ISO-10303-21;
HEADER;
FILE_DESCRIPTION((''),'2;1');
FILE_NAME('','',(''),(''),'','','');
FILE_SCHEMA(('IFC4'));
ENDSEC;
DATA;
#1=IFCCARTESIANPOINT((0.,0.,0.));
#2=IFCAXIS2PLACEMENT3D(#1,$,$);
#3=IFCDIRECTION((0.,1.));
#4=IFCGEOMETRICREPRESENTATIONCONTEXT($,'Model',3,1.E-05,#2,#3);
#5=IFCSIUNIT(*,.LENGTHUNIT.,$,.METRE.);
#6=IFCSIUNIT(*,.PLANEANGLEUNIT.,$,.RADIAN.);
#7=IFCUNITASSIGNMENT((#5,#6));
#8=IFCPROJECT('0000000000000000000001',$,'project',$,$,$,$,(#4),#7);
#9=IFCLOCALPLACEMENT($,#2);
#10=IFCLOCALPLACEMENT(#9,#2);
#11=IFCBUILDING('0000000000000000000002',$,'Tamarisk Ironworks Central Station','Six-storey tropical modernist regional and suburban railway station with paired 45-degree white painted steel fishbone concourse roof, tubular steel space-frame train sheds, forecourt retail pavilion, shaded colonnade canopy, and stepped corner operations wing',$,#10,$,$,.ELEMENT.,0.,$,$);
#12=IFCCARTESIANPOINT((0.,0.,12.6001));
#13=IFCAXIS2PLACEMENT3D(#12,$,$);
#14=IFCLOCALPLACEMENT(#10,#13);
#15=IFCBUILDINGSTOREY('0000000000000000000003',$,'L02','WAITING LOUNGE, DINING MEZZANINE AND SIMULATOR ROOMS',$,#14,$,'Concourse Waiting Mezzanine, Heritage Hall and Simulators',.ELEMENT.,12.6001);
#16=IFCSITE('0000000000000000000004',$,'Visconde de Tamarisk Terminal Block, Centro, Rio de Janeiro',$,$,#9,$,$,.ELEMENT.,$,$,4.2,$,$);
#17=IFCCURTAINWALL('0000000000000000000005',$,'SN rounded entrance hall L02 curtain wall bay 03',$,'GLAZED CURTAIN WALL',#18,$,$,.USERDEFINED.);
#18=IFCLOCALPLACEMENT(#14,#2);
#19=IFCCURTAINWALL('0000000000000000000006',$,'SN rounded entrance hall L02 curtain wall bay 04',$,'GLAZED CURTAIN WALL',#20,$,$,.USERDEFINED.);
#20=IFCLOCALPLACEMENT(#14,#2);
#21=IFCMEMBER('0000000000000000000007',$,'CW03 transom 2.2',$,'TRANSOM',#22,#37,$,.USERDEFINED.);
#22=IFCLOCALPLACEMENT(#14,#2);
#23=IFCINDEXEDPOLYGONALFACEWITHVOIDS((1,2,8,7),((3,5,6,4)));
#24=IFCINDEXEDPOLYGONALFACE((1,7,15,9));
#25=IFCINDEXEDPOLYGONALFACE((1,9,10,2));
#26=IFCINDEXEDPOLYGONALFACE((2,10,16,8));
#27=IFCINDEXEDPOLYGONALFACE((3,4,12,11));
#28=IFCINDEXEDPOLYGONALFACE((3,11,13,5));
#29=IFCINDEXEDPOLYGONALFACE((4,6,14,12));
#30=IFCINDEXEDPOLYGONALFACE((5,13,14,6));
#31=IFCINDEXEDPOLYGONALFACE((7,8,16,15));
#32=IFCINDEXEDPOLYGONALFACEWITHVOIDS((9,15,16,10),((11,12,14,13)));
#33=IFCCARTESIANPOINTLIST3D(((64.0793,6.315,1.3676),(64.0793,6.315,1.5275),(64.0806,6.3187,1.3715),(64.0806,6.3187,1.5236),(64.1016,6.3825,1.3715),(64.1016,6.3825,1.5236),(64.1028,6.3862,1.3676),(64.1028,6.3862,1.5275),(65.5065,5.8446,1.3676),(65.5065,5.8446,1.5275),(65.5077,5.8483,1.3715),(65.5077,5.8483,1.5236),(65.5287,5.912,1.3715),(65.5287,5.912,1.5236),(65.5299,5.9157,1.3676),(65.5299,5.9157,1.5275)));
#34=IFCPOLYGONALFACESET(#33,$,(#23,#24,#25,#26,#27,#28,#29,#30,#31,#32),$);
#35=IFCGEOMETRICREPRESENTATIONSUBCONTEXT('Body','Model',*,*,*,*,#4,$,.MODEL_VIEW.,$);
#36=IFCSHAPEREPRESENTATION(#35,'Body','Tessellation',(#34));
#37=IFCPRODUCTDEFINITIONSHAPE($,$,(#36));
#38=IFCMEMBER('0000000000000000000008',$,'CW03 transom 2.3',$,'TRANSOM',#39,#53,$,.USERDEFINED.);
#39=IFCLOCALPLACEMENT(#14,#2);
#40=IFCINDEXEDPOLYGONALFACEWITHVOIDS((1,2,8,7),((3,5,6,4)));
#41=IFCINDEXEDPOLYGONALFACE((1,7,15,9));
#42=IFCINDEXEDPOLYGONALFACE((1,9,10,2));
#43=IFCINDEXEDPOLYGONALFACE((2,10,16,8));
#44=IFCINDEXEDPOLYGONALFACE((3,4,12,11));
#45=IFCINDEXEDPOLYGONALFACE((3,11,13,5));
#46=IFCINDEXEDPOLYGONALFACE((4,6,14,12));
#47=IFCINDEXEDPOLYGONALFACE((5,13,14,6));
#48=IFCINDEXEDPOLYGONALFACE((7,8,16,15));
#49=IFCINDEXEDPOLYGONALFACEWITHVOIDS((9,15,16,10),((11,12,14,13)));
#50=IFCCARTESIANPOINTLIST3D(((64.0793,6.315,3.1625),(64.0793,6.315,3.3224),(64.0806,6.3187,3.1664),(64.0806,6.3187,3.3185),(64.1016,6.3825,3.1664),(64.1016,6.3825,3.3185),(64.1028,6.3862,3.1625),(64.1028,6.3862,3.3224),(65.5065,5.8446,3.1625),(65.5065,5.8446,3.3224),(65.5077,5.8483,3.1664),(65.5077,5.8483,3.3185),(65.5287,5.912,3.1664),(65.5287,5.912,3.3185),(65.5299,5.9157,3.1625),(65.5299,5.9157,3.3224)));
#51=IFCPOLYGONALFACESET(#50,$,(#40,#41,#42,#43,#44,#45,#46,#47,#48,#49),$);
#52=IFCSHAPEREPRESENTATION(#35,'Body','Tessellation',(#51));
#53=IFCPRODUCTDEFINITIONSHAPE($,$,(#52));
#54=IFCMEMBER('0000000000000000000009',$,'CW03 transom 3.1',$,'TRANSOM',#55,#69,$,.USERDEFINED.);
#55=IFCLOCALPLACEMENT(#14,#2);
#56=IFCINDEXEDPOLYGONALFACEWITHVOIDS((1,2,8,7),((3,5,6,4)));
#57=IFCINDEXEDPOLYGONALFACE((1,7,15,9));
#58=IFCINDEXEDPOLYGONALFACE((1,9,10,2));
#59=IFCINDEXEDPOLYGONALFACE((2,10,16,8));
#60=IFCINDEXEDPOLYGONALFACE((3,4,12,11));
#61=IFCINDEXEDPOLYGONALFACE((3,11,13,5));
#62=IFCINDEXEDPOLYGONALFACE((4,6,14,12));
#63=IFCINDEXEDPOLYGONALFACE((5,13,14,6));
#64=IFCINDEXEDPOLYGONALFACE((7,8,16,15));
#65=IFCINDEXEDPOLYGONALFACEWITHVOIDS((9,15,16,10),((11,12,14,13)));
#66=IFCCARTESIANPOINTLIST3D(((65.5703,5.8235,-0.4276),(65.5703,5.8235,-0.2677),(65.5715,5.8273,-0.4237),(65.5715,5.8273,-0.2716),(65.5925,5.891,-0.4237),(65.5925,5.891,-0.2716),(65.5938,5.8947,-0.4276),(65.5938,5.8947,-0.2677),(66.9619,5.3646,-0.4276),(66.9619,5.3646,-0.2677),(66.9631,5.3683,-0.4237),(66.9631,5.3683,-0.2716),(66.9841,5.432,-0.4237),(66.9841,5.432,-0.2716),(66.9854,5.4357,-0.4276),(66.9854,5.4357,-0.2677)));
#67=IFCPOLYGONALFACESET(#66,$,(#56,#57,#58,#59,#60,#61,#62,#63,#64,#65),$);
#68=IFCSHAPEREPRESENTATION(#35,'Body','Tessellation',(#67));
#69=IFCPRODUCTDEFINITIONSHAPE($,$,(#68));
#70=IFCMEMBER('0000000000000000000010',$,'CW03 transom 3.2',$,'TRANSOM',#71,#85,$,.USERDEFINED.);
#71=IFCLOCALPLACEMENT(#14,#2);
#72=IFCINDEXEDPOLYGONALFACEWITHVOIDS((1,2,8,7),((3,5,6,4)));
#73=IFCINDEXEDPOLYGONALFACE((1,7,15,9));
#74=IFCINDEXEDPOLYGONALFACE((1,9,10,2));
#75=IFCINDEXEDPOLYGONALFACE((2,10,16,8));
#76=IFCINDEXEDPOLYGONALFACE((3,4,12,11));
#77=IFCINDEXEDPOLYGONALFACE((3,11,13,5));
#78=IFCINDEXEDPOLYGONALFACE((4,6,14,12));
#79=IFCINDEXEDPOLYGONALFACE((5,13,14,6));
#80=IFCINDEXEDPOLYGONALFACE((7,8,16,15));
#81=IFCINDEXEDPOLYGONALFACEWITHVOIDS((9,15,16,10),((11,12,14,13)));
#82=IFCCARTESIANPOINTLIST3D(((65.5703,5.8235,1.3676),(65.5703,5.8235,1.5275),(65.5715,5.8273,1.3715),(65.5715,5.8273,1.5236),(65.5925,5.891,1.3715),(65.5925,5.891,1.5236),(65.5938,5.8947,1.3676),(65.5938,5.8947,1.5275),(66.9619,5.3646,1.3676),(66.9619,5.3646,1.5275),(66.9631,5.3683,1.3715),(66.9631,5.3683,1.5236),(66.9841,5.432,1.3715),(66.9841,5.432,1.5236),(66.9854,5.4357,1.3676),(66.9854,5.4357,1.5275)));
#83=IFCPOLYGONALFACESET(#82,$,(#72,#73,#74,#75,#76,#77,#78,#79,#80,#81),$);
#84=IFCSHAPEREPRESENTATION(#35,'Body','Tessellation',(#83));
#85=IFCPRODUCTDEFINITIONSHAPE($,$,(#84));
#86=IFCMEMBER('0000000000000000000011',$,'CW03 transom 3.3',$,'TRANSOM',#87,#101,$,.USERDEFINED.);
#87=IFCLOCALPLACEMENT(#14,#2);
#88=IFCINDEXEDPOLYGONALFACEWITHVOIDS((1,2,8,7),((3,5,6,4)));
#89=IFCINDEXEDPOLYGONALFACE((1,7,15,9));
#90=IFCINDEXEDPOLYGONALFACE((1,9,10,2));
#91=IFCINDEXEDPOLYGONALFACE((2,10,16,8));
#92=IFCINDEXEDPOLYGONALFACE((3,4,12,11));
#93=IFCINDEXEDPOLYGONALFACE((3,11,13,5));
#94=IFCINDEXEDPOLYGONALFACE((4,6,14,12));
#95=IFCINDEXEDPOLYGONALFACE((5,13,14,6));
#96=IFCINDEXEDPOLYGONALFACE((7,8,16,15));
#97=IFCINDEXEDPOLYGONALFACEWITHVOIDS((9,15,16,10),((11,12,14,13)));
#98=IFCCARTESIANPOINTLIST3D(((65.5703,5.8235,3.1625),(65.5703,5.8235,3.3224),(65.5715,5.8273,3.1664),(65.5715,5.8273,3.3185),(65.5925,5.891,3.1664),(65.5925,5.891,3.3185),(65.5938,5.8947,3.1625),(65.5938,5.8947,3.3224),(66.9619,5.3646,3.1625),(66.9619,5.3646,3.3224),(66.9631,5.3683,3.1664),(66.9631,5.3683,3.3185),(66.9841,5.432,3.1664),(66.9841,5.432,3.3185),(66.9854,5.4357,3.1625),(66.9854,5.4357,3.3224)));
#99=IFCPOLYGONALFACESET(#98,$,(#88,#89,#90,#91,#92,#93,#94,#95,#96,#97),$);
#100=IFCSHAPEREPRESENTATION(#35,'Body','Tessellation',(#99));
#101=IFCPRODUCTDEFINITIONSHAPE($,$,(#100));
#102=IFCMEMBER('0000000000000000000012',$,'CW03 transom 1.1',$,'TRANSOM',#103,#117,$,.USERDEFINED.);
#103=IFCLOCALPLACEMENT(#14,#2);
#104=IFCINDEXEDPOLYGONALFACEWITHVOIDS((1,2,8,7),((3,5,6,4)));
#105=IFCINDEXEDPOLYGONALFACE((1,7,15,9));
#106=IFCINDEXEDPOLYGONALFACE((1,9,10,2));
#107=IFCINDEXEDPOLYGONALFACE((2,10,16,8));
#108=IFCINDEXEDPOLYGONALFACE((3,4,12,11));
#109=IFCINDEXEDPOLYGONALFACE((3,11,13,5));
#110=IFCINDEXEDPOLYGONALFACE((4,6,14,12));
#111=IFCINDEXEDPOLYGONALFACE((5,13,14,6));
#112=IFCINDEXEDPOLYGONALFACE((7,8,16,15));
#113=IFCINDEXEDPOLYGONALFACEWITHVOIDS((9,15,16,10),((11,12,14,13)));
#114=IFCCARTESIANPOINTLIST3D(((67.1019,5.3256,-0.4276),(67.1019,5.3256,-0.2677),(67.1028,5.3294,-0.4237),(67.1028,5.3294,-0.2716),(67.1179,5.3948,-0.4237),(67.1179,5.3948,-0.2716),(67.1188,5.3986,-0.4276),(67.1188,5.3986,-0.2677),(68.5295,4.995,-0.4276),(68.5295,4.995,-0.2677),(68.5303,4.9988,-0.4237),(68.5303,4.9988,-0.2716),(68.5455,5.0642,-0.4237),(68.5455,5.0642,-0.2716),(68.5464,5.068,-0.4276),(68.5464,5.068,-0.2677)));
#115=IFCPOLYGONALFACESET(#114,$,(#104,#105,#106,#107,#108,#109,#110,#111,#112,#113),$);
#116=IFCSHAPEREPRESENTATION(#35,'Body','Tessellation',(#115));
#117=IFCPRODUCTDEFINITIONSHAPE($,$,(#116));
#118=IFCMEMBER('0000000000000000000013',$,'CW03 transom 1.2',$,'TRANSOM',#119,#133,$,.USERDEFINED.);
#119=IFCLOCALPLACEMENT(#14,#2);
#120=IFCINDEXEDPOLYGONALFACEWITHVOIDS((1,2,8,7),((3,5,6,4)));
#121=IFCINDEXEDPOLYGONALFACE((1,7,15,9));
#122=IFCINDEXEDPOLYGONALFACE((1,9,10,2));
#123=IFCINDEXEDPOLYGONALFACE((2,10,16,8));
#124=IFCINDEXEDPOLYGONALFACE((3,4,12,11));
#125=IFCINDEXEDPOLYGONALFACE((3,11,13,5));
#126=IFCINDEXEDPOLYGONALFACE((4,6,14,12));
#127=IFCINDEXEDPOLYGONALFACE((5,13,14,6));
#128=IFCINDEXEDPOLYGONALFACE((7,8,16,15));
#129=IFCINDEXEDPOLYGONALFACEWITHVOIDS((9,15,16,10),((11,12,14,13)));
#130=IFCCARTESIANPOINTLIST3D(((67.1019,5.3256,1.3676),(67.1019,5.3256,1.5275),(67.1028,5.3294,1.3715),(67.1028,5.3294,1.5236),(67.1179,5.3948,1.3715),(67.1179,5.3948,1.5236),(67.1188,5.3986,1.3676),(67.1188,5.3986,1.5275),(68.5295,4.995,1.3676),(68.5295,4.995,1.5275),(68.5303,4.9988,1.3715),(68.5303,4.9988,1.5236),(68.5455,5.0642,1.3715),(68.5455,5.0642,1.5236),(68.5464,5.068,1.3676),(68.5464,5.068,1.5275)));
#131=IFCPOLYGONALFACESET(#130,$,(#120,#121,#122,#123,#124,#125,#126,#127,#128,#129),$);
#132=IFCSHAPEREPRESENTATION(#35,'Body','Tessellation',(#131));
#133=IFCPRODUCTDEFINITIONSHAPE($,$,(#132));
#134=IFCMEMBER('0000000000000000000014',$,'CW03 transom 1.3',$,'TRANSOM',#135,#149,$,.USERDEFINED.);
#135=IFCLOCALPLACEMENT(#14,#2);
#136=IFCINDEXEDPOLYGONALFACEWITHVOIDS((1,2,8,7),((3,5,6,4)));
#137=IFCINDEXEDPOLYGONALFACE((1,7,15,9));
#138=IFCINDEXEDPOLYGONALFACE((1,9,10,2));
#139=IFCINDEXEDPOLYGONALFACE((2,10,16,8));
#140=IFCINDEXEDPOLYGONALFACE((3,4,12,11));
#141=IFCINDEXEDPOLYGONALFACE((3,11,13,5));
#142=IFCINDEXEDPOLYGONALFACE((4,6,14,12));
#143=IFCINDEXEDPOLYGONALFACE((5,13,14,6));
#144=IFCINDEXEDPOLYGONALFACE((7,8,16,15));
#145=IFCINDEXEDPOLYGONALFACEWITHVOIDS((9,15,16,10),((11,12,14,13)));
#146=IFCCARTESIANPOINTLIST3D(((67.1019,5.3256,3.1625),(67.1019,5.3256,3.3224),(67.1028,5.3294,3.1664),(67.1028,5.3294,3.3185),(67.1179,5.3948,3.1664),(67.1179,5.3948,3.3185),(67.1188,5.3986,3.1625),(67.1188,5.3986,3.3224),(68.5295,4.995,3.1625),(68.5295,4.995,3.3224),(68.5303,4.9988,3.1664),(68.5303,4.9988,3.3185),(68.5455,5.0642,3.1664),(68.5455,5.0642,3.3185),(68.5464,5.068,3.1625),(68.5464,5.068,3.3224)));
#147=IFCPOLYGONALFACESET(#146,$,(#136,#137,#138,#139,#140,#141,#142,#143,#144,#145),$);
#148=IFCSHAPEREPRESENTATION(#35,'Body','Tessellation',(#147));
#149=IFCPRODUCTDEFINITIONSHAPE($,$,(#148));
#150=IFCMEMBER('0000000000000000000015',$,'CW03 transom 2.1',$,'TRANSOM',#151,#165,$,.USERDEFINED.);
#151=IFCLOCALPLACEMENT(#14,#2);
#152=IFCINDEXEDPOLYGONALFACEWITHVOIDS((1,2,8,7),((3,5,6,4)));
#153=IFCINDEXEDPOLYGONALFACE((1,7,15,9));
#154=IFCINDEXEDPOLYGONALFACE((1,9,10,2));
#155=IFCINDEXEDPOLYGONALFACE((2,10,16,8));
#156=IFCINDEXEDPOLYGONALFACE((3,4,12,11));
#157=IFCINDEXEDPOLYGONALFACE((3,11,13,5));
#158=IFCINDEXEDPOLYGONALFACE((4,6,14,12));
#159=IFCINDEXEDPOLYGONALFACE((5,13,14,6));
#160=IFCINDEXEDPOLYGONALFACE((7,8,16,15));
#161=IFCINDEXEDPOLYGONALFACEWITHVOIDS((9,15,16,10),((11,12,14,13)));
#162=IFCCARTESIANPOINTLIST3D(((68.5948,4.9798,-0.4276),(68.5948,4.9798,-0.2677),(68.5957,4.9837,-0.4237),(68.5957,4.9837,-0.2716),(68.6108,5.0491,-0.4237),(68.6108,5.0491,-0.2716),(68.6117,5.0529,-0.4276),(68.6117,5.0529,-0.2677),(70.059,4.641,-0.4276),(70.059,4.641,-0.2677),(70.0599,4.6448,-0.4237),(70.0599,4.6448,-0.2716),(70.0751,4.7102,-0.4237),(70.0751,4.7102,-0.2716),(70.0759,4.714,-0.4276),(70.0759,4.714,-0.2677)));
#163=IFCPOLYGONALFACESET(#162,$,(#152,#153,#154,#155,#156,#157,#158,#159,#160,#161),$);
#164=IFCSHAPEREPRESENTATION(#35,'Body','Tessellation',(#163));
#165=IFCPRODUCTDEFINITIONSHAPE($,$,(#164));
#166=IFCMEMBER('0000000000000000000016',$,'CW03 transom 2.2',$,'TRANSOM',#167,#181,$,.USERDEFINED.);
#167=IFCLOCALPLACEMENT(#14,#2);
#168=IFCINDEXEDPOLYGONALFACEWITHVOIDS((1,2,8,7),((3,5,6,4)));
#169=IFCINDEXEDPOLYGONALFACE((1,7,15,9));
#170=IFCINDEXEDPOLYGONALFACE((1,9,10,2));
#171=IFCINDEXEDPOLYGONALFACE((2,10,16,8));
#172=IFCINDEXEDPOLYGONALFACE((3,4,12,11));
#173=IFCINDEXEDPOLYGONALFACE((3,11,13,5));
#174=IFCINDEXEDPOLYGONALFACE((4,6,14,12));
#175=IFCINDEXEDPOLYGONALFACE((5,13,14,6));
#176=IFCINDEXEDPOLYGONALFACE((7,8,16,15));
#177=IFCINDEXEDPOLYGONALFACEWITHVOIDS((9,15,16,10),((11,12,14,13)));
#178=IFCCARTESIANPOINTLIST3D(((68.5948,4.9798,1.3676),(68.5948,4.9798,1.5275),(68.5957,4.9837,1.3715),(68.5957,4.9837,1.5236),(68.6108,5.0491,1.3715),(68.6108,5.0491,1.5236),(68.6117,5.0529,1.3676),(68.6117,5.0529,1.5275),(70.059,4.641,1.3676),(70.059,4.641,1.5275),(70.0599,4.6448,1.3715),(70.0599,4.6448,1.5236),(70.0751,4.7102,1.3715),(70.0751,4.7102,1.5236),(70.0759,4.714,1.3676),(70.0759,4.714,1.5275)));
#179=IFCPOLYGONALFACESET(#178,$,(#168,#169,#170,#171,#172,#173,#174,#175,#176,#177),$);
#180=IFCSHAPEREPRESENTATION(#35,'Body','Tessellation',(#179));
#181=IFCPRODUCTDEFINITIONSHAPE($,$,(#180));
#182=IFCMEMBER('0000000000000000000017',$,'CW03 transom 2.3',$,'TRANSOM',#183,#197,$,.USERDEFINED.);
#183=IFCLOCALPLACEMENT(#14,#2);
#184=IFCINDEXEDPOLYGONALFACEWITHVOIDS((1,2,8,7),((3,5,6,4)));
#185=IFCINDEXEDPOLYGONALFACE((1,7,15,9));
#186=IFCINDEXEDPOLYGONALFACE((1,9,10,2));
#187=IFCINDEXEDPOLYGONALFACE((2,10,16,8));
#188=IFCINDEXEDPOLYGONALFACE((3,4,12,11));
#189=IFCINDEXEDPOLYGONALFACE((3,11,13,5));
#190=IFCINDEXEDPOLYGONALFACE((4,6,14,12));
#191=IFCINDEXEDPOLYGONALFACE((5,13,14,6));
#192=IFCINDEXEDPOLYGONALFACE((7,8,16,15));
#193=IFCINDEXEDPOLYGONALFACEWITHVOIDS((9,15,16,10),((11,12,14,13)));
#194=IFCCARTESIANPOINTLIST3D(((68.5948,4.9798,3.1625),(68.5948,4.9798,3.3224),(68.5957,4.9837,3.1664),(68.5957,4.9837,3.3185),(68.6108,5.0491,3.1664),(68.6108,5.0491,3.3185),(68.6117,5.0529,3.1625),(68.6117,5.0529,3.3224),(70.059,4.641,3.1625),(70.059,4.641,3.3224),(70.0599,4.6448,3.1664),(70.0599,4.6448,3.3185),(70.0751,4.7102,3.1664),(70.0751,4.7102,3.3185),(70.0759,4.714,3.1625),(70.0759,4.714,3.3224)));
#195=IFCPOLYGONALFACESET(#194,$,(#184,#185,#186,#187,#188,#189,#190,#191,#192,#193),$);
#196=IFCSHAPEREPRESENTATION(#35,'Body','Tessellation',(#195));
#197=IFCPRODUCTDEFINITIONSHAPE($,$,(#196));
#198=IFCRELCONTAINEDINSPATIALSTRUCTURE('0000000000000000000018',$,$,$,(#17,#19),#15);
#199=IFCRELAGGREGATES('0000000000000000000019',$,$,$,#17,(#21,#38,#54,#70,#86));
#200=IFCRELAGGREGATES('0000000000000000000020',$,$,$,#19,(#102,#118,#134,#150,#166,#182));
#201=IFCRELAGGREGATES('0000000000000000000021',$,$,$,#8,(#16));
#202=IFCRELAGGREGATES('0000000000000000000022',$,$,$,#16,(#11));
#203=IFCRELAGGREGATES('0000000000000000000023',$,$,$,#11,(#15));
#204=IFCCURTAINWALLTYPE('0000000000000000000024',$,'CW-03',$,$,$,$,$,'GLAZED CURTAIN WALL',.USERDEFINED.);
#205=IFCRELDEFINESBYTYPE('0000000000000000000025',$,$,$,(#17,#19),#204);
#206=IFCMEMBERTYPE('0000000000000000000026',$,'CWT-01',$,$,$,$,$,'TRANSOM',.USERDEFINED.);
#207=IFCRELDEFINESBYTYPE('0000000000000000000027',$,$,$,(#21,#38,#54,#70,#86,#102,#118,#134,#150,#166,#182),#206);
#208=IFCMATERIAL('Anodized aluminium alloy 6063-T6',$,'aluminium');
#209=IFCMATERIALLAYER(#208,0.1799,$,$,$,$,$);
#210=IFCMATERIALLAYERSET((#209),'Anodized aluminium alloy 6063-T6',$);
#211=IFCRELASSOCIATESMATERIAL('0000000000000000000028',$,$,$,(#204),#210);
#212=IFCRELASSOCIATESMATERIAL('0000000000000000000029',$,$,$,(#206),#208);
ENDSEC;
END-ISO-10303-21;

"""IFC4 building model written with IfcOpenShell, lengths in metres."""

from ifc_helpers import new_model, si_unit, direction, frame, origin, origin_2d, place, context, subcontext, project, spatial, hollow_rectangle, extrude, material, layer, layer_set, material_profile, profile_set, type_object, element, aggregate, save


model = new_model("IFC4")

# Units and contexts
model_context = context("Model", 3, precision=1e-05, world=origin(), true_north=direction((0.0, 1.0)))
body_context = subcontext(model_context, "Body", "Model", "MODEL_VIEW")
ifc_project = project(units=[si_unit("LENGTHUNIT", "METRE"), si_unit("PLANEANGLEUNIT", "RADIAN")], contexts=[model_context])

# Site, building, storey
site_placement = place(None, origin())
site = spatial("IfcSite", under=ifc_project, at=site_placement, Name="Visconde de Tamarisk Terminal Block, Centro, Rio de Janeiro", CompositionType="ELEMENT", RefElevation=4.2)
building_placement = place(site_placement, origin())
building = spatial("IfcBuilding", under=site, at=building_placement, Name="Tamarisk Ironworks Central Station", Description="Six-storey tropical modernist regional and suburban railway station with paired 45-degree white painted steel fishbone concourse roof, tubular steel space-frame train sheds, forecourt retail pavilion, shaded colonnade canopy, and stepped corner operations wing", CompositionType="ELEMENT", ElevationOfRefHeight=0.0)
storey_placement = place(building_placement, frame((0.0, 0.0, 12.6001)))
storey = spatial("IfcBuildingStorey", under=building, at=storey_placement, Name="L02", Description="WAITING LOUNGE, DINING MEZZANINE AND SIMULATOR ROOMS", LongName="Concourse Waiting Mezzanine, Heritage Hall and Simulators", CompositionType="ELEMENT", Elevation=12.6001)

# Curtain walls
ifc_material_1 = material(Name="Anodized aluminium alloy 6063-T6", Category="aluminium")
ifc_layer_1 = layer(ifc_material_1, 0.1799)
ifc_layer_set_1 = layer_set([ifc_layer_1], Name="Anodized aluminium alloy 6063-T6")
curtain_wall_type = type_object("IfcCurtainWallType", Name="CW-03", ElementType="GLAZED CURTAIN WALL", PredefinedType="USERDEFINED", material=ifc_layer_set_1)
curtain_wall_1_placement = place(storey_placement, origin())
curtain_wall_1 = element("IfcCurtainWall", 1, at=curtain_wall_1_placement, inside=storey, type_object=curtain_wall_type, Name="SN rounded entrance hall L02 curtain wall bay 03", ObjectType="GLAZED CURTAIN WALL", PredefinedType="USERDEFINED")
curtain_wall_2_placement = place(storey_placement, origin())
curtain_wall_2 = element("IfcCurtainWall", 2, at=curtain_wall_2_placement, inside=storey, type_object=curtain_wall_type, Name="SN rounded entrance hall L02 curtain wall bay 04", ObjectType="GLAZED CURTAIN WALL", PredefinedType="USERDEFINED")

# Members
ifc_material_profile_1 = material_profile(ifc_material_1, hollow_rectangle(XDim=0.075, YDim=0.1599, WallThickness=0.0039, at=origin_2d()), Name="ALUM 160x75")
ifc_profile_set_1 = profile_set([ifc_material_profile_1], Name="Anodized aluminium alloy 6063-T6")
member_type_1 = type_object("IfcMemberType", Name="CWT-01", ElementType="TRANSOM", PredefinedType="USERDEFINED", material=ifc_profile_set_1)
member_1_placement = place(storey_placement, frame((64.0911, 6.3506, 1.4475), z_axis=(0.949734, -0.313058, 0.0), x_axis=(0.313058, 0.949734, 0.0)))
member_1 = element("IfcMember", 3, at=member_1_placement, type_object=member_type_1, Name="CW03 transom 2.2", ObjectType="TRANSOM", PredefinedType="USERDEFINED", context=body_context, shape_type="SweptSolid", body=[
    extrude(hollow_rectangle(XDim=0.075, YDim=0.1599, WallThickness=0.0039, at=origin_2d()), origin(), (0.0, 0.0, 1.0), 1.5027),
])
member_2_placement = place(storey_placement, frame((64.0911, 6.3506, 3.2424), z_axis=(0.949734, -0.313058, 0.0), x_axis=(0.313058, 0.949734, 0.0)))
member_2 = element("IfcMember", 4, at=member_2_placement, type_object=member_type_1, Name="CW03 transom 2.3", ObjectType="TRANSOM", PredefinedType="USERDEFINED", context=body_context, shape_type="SweptSolid", body=[
    extrude(hollow_rectangle(XDim=0.075, YDim=0.1599, WallThickness=0.0039, at=origin_2d()), origin(), (0.0, 0.0, 1.0), 1.5027),
])
member_3_placement = place(storey_placement, frame((65.582, 5.8591, -0.3477), z_axis=(0.949678, -0.313227, 0.0), x_axis=(0.313227, 0.949678, 0.0)))
member_3 = element("IfcMember", 5, at=member_3_placement, type_object=member_type_1, Name="CW03 transom 3.1", ObjectType="TRANSOM", PredefinedType="USERDEFINED", context=body_context, shape_type="SweptSolid", body=[
    extrude(hollow_rectangle(XDim=0.075, YDim=0.1599, WallThickness=0.0039, at=origin_2d()), origin(), (0.0, 0.0, 1.0), 1.4653),
])
member_4_placement = place(storey_placement, frame((65.582, 5.8591, 1.4475), z_axis=(0.949678, -0.313227, 0.0), x_axis=(0.313227, 0.949678, 0.0)))
member_4 = element("IfcMember", 6, at=member_4_placement, type_object=member_type_1, Name="CW03 transom 3.2", ObjectType="TRANSOM", PredefinedType="USERDEFINED", context=body_context, shape_type="SweptSolid", body=[
    extrude(hollow_rectangle(XDim=0.075, YDim=0.1599, WallThickness=0.0039, at=origin_2d()), origin(), (0.0, 0.0, 1.0), 1.4653),
])
member_5_placement = place(storey_placement, frame((65.582, 5.8591, 3.2424), z_axis=(0.949678, -0.313227, 0.0), x_axis=(0.313227, 0.949678, 0.0)))
member_5 = element("IfcMember", 7, at=member_5_placement, type_object=member_type_1, Name="CW03 transom 3.3", ObjectType="TRANSOM", PredefinedType="USERDEFINED", context=body_context, shape_type="SweptSolid", body=[
    extrude(hollow_rectangle(XDim=0.075, YDim=0.1599, WallThickness=0.0039, at=origin_2d()), origin(), (0.0, 0.0, 1.0), 1.4653),
])
member_6_placement = place(storey_placement, frame((67.1104, 5.3621, -0.3477), z_axis=(0.97422, -0.225602, 0.0), x_axis=(0.225602, 0.97422, 0.0)))
member_6 = element("IfcMember", 8, at=member_6_placement, type_object=member_type_1, Name="CW03 transom 1.1", ObjectType="TRANSOM", PredefinedType="USERDEFINED", context=body_context, shape_type="SweptSolid", body=[
    extrude(hollow_rectangle(XDim=0.075, YDim=0.1599, WallThickness=0.0039, at=origin_2d()), origin(), (0.0, 0.0, 1.0), 1.4653),
])
member_7_placement = place(storey_placement, frame((67.1104, 5.3621, 1.4475), z_axis=(0.97422, -0.225602, 0.0), x_axis=(0.225602, 0.97422, 0.0)))
member_7 = element("IfcMember", 9, at=member_7_placement, type_object=member_type_1, Name="CW03 transom 1.2", ObjectType="TRANSOM", PredefinedType="USERDEFINED", context=body_context, shape_type="SweptSolid", body=[
    extrude(hollow_rectangle(XDim=0.075, YDim=0.1599, WallThickness=0.0039, at=origin_2d()), origin(), (0.0, 0.0, 1.0), 1.4653),
])
member_8_placement = place(storey_placement, frame((67.1104, 5.3621, 3.2424), z_axis=(0.97422, -0.225602, 0.0), x_axis=(0.225602, 0.97422, 0.0)))
member_8 = element("IfcMember", 10, at=member_8_placement, type_object=member_type_1, Name="CW03 transom 1.3", ObjectType="TRANSOM", PredefinedType="USERDEFINED", context=body_context, shape_type="SweptSolid", body=[
    extrude(hollow_rectangle(XDim=0.075, YDim=0.1599, WallThickness=0.0039, at=origin_2d()), origin(), (0.0, 0.0, 1.0), 1.4653),
])
member_9_placement = place(storey_placement, frame((68.6033, 5.0164, -0.3477), z_axis=(0.974246, -0.225488, 0.0), x_axis=(0.225488, 0.974246, 0.0)))
member_9 = element("IfcMember", 11, at=member_9_placement, type_object=member_type_1, Name="CW03 transom 2.1", ObjectType="TRANSOM", PredefinedType="USERDEFINED", context=body_context, shape_type="SweptSolid", body=[
    extrude(hollow_rectangle(XDim=0.075, YDim=0.1599, WallThickness=0.0039, at=origin_2d()), origin(), (0.0, 0.0, 1.0), 1.5029),
])
member_10_placement = place(storey_placement, frame((68.6033, 5.0164, 1.4475), z_axis=(0.974246, -0.225488, 0.0), x_axis=(0.225488, 0.974246, 0.0)))
member_10 = element("IfcMember", 12, at=member_10_placement, type_object=member_type_1, Name="CW03 transom 2.2", ObjectType="TRANSOM", PredefinedType="USERDEFINED", context=body_context, shape_type="SweptSolid", body=[
    extrude(hollow_rectangle(XDim=0.075, YDim=0.1599, WallThickness=0.0039, at=origin_2d()), origin(), (0.0, 0.0, 1.0), 1.5029),
])
member_11_placement = place(storey_placement, frame((68.6033, 5.0164, 3.2424), z_axis=(0.974246, -0.225488, 0.0), x_axis=(0.225488, 0.974246, 0.0)))
member_11 = element("IfcMember", 13, at=member_11_placement, type_object=member_type_1, Name="CW03 transom 2.3", ObjectType="TRANSOM", PredefinedType="USERDEFINED", context=body_context, shape_type="SweptSolid", body=[
    extrude(hollow_rectangle(XDim=0.075, YDim=0.1599, WallThickness=0.0039, at=origin_2d()), origin(), (0.0, 0.0, 1.0), 1.5029),
])

aggregate(curtain_wall_1, [member_1, member_2, member_3, member_4, member_5])
aggregate(curtain_wall_2, [member_6, member_7, member_8, member_9, member_10, member_11])

save(model, "model.ifc")
